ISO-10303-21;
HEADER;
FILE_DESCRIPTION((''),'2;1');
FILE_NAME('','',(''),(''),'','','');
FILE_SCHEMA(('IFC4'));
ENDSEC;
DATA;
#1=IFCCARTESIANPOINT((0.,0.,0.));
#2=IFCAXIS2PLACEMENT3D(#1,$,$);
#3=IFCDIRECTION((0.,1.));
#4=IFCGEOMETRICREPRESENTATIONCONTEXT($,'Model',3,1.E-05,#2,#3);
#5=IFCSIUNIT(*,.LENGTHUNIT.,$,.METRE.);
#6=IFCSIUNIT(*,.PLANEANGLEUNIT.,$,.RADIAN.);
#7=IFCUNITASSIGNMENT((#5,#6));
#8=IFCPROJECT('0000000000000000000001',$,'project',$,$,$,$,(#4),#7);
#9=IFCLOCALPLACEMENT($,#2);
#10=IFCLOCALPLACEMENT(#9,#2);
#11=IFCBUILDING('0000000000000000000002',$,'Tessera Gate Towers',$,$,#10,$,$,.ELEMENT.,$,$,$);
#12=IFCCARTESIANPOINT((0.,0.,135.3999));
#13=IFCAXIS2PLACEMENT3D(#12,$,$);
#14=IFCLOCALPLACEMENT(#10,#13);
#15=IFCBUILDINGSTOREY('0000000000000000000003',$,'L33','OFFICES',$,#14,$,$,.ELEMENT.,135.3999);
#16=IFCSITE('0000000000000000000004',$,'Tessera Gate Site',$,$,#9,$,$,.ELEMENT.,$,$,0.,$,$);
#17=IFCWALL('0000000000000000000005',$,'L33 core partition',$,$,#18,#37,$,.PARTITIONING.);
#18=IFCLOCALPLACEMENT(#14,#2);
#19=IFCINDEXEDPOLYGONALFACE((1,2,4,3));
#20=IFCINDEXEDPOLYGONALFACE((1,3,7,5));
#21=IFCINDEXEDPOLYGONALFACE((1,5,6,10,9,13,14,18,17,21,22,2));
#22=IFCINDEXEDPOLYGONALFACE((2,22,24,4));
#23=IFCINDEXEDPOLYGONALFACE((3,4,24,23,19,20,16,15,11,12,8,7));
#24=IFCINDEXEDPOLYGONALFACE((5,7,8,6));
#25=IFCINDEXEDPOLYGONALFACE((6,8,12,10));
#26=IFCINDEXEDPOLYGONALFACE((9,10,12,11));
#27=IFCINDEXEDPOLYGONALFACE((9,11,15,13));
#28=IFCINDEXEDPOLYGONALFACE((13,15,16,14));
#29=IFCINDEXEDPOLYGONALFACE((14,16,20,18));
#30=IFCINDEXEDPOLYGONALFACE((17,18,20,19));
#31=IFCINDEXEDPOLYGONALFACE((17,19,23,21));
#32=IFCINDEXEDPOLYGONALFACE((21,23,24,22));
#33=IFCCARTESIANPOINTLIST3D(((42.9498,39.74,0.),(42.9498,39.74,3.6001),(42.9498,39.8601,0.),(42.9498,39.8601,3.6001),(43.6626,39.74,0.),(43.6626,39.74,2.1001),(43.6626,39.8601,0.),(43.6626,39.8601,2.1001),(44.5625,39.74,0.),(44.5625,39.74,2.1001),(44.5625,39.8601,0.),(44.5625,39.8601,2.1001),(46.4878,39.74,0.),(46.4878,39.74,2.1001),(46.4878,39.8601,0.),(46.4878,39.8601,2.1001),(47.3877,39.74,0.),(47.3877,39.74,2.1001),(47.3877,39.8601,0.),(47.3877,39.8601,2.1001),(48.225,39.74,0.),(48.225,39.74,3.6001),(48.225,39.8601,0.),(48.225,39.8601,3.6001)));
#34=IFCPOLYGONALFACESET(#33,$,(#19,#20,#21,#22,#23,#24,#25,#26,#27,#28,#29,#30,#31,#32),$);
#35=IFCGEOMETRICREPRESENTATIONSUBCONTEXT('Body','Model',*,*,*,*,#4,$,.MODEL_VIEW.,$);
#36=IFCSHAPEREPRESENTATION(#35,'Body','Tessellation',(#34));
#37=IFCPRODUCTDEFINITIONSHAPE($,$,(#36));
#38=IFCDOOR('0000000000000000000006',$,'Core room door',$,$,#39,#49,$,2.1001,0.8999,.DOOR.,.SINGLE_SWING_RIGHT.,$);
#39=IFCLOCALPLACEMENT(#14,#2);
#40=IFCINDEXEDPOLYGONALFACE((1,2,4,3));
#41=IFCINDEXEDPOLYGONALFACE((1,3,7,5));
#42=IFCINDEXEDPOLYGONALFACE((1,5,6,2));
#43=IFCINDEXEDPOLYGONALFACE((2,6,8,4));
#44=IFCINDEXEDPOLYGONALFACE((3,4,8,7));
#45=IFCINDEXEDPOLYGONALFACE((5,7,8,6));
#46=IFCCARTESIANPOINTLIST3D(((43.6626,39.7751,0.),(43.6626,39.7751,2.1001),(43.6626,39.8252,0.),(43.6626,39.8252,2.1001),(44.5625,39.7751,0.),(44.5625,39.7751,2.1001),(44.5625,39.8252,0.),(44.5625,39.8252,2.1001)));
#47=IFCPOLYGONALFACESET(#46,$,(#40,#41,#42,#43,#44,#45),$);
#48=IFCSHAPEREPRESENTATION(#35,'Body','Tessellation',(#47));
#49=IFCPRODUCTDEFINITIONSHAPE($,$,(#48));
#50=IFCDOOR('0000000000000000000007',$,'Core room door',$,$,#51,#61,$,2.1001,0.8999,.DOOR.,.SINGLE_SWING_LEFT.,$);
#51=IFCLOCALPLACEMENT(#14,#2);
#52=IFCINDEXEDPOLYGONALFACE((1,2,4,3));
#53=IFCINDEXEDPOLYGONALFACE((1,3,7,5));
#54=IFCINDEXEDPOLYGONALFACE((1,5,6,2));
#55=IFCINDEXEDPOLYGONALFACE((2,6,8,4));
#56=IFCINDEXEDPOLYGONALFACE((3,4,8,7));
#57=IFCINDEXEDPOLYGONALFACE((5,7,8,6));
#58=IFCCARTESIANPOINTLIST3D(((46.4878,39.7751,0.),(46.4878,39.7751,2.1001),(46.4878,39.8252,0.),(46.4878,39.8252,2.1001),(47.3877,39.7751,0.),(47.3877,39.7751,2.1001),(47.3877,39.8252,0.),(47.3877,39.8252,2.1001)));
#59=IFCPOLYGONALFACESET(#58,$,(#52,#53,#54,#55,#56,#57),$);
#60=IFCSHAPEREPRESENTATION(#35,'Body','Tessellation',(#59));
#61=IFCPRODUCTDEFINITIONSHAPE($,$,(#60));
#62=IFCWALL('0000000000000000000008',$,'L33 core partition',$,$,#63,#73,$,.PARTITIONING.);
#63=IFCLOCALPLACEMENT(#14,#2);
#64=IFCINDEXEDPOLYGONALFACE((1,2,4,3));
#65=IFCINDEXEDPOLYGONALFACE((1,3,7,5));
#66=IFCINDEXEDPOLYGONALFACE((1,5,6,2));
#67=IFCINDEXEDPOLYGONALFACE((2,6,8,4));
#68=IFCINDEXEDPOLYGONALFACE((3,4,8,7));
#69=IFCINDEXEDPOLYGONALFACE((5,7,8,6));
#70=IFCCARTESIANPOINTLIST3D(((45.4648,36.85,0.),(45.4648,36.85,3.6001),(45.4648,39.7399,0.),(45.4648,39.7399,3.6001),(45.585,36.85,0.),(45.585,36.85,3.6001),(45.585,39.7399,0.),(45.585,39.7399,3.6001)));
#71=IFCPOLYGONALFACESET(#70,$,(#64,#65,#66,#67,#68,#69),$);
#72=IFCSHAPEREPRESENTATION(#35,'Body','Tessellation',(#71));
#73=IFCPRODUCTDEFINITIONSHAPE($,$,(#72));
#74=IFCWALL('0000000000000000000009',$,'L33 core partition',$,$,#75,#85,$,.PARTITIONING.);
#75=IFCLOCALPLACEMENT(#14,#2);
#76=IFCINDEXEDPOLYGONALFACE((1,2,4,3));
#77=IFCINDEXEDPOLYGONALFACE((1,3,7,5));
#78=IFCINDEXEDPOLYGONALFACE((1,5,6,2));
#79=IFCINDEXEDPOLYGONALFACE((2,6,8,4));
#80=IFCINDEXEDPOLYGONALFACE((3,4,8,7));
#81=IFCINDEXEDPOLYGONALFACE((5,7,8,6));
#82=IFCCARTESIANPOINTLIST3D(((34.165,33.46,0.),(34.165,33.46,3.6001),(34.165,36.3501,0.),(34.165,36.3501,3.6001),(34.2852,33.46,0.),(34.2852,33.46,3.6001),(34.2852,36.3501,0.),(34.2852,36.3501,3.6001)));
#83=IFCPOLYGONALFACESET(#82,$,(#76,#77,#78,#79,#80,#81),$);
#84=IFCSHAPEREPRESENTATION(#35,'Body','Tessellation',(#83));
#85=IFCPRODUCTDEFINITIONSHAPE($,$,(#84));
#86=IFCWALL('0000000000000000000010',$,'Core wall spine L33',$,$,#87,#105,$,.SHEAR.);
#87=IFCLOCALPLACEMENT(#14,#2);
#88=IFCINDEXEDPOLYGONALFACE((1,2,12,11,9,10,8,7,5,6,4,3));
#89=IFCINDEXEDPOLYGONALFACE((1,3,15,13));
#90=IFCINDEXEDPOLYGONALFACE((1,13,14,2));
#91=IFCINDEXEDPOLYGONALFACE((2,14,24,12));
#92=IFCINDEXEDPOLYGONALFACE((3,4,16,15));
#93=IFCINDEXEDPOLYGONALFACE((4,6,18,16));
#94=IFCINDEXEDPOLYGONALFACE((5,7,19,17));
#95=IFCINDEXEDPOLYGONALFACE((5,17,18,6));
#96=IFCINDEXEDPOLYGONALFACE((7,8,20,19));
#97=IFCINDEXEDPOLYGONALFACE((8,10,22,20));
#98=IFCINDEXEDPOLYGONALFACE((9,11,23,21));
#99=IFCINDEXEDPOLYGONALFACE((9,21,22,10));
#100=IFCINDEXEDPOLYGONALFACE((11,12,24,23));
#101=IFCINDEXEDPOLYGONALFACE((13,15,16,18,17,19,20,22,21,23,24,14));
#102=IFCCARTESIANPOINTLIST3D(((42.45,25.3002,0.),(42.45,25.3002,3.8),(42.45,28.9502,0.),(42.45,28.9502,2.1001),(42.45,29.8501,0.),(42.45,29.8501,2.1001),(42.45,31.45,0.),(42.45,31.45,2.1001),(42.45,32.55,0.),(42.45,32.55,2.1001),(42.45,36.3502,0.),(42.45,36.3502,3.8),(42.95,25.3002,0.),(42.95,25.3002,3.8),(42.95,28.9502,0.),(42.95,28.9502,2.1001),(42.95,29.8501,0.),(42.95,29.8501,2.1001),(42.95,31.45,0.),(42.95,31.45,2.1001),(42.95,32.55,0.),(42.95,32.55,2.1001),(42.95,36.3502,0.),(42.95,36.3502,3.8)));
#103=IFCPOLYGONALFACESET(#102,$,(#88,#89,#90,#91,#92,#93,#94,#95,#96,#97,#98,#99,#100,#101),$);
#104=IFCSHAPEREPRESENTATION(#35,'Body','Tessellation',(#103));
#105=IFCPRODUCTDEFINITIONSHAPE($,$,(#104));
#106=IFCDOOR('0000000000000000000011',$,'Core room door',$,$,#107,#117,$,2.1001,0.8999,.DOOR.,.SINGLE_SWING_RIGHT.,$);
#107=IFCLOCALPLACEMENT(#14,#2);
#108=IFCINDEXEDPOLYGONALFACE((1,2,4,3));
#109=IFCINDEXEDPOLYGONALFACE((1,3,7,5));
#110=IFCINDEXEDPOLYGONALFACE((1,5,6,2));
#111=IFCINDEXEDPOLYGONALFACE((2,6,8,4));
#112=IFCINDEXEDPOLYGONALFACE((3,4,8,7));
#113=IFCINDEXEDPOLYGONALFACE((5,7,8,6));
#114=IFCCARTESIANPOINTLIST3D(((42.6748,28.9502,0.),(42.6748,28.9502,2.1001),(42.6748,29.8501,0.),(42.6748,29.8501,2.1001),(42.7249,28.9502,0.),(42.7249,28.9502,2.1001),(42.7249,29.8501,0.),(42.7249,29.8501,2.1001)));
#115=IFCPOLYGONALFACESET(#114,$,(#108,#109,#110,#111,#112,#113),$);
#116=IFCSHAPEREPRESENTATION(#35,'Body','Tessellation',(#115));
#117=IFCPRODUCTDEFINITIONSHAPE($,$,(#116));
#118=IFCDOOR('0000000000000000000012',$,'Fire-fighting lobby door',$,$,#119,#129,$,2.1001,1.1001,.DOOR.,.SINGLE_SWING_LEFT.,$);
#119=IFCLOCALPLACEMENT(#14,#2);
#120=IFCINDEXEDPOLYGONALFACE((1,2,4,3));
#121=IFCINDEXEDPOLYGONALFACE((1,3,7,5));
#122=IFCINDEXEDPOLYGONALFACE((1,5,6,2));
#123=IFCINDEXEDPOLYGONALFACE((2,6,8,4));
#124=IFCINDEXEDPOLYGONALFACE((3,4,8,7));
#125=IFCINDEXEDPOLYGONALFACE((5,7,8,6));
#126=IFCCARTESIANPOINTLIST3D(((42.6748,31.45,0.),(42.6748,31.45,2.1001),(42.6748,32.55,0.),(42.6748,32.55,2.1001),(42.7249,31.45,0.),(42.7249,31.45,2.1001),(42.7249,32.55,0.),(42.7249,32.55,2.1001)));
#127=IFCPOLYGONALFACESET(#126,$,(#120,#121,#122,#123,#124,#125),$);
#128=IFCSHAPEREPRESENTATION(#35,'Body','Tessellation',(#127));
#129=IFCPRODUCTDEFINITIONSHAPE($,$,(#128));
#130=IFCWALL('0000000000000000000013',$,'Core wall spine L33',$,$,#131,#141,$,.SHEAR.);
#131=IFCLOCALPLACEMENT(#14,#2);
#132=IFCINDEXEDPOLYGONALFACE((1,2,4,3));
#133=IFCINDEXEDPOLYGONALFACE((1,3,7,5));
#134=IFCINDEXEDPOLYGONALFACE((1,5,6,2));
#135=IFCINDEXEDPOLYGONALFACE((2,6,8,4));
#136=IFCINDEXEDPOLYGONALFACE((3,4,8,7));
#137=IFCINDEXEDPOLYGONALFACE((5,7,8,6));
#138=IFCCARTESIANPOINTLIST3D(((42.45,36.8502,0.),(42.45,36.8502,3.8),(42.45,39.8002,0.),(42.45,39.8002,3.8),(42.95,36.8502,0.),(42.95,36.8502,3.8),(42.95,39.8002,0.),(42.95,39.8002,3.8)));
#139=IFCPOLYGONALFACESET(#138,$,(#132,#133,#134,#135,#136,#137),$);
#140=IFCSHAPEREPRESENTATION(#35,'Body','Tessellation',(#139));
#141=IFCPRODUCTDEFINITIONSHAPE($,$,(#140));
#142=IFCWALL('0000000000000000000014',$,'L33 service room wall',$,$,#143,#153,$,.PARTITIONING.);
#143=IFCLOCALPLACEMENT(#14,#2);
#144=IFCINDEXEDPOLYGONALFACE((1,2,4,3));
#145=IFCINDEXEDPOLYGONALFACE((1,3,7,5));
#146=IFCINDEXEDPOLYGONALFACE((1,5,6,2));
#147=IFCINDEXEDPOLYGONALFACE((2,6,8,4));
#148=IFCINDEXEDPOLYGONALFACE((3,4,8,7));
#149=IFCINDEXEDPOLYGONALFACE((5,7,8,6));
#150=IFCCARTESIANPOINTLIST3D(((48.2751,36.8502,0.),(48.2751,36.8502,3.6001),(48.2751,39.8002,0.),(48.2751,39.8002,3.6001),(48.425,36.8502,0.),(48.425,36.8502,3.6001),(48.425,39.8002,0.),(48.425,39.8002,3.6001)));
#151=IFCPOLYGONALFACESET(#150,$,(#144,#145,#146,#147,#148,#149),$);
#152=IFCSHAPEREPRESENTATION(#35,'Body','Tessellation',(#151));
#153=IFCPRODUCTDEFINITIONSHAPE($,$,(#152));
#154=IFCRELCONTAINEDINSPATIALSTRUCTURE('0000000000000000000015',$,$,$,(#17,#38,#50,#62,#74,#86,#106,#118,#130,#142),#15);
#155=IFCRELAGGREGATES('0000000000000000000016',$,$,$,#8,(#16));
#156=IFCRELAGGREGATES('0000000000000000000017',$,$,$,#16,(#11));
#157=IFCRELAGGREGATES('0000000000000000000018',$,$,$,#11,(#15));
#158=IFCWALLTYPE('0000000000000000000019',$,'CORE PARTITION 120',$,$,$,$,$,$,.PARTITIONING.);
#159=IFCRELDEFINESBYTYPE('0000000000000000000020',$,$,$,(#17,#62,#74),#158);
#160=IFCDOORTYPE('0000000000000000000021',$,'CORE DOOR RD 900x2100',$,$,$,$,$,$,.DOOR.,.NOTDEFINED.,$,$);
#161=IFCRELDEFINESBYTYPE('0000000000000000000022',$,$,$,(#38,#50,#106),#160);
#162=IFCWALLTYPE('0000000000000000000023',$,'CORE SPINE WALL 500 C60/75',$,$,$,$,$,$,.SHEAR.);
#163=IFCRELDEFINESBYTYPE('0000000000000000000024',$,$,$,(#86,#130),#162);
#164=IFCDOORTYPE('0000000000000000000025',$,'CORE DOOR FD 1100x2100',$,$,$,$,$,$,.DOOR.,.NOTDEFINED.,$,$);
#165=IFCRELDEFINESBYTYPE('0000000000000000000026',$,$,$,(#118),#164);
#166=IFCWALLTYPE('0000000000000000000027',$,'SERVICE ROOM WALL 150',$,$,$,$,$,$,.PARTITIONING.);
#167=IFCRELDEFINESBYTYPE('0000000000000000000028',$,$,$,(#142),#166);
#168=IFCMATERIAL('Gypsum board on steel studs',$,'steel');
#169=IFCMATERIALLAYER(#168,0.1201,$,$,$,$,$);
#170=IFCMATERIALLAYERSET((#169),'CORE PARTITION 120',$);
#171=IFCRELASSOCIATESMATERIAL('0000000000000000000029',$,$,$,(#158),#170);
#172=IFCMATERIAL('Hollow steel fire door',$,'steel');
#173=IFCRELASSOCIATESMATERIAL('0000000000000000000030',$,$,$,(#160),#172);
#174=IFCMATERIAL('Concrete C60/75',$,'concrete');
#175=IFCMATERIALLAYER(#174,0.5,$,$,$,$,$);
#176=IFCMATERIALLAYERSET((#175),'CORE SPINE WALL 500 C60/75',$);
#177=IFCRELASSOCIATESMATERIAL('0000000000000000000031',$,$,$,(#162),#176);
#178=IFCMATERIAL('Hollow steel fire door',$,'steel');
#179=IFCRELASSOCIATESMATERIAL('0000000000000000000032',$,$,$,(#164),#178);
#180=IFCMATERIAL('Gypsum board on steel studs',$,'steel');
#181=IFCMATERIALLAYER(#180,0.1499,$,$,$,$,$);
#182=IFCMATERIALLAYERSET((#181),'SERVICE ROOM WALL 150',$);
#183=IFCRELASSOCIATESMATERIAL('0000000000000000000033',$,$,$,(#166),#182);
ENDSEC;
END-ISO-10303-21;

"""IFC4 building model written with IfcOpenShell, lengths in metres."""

from ifc_helpers import new_model, si_unit, direction, frame, frame_2d, origin, place, context, subcontext, project, spatial, rectangle, extrude, source, transform, mapped, material, layer, layer_set, type_object, element, fill, save


model = new_model("IFC4")

# Units and contexts
model_context = context("Model", 3, precision=1e-05, world=origin(), true_north=direction((0.0, 1.0)))
body_context = subcontext(model_context, "Body", "Model", "MODEL_VIEW")
ifc_project = project(units=[si_unit("LENGTHUNIT", "METRE"), si_unit("PLANEANGLEUNIT", "RADIAN")], contexts=[model_context])

# Site, building, storey
site_placement = place(None, origin())
site = spatial("IfcSite", under=ifc_project, at=site_placement, Name="Tessera Gate Site", CompositionType="ELEMENT", RefElevation=0.0)
building_placement = place(site_placement, origin())
building = spatial("IfcBuilding", under=site, at=building_placement, Name="Tessera Gate Towers", CompositionType="ELEMENT")
storey_placement = place(building_placement, frame((0.0, 0.0, 135.3999)))
storey = spatial("IfcBuildingStorey", under=building, at=storey_placement, Name="L33", Description="OFFICES", CompositionType="ELEMENT", Elevation=135.3999)

# Wall, openings, doors
ifc_material_1 = material(Name="Gypsum board on steel studs", Category="steel")
ifc_layer_1 = layer(ifc_material_1, 0.1201)
ifc_layer_set_1 = layer_set([ifc_layer_1], Name="CORE PARTITION 120")
wall_type_1 = type_object("IfcWallType", Name="CORE PARTITION 120", PredefinedType="PARTITIONING", material=ifc_layer_set_1)
wall_1_placement = place(storey_placement, frame((48.2251, 39.8, 0.0), z_axis=(0.0, 0.0, 1.0), x_axis=(-1.0, 0.0, 0.0)))
wall_1 = element("IfcWall", 1, at=wall_1_placement, inside=storey, type_object=wall_type_1, Name="L33 core partition", PredefinedType="PARTITIONING", context=body_context, shape_type="SweptSolid", body=[
    extrude(rectangle(XDim=5.2751, YDim=0.1201, at=frame_2d((2.6377, 0.0))), origin(), (0.0, 0.0, 1.0), 3.6001),
])
shared_shape_1 = source(origin(), body_context, "Body", "SweptSolid", [
    extrude(rectangle(XDim=0.8999, YDim=2.1001, at=frame_2d((0.45, 1.05))), frame((0.0, 0.0701, 0.0), z_axis=(0.0, -1.0, 0.0), x_axis=(1.0, 0.0, 0.0)), (0.0, 0.0, 1.0), 0.1401),
])
opening_1_placement = place(wall_1_placement, frame((3.6626, 0.0, 0.0)))
opening_1 = element("IfcOpeningElement", 2, at=opening_1_placement, cuts=wall_1, PredefinedType="OPENING", context=body_context, shape_type="MappedRepresentation", body=[
    mapped(shared_shape_1, transform((0.0, 0.0, 0.0), scale=1.0)),
])
opening_2_placement = place(wall_1_placement, frame((0.8374, 0.0, 0.0)))
opening_2 = element("IfcOpeningElement", 3, at=opening_2_placement, cuts=wall_1, PredefinedType="OPENING", context=body_context, shape_type="MappedRepresentation", body=[
    mapped(shared_shape_1, transform((0.0, 0.0, 0.0), scale=1.0)),
])
ifc_material_2 = material(Name="Hollow steel fire door", Category="steel")
door_type_1 = type_object("IfcDoorType", Name="CORE DOOR RD 900x2100", OperationType="NOTDEFINED", PredefinedType="DOOR", material=ifc_material_2)
shared_shape_2 = source(origin(), body_context, "Body", "SweptSolid", [
    extrude(rectangle(XDim=0.8999, YDim=2.1001, at=frame_2d((0.45, 1.05))), frame((0.0, 0.0249, 0.0), z_axis=(0.0, -1.0, 0.0), x_axis=(1.0, 0.0, 0.0)), (0.0, 0.0, 1.0), 0.05),
])
door_1_placement = place(opening_1_placement, origin())
door_1 = element("IfcDoor", 4, at=door_1_placement, inside=storey, type_object=door_type_1, Name="Core room door", OperationType="SINGLE_SWING_RIGHT", OverallHeight=2.1001, OverallWidth=0.8999, PredefinedType="DOOR", context=body_context, shape_type="MappedRepresentation", body=[
    mapped(shared_shape_2, transform((0.0, 0.0, 0.0), scale=1.0)),
])
fill(opening_1, door_1)
door_2_placement = place(opening_2_placement, origin())
door_2 = element("IfcDoor", 5, at=door_2_placement, inside=storey, type_object=door_type_1, Name="Core room door", OperationType="SINGLE_SWING_LEFT", OverallHeight=2.1001, OverallWidth=0.8999, PredefinedType="DOOR", context=body_context, shape_type="MappedRepresentation", body=[
    mapped(shared_shape_2, transform((0.0, 0.0, 0.0), scale=1.0)),
])
fill(opening_2, door_2)

# Walls
wall_2_placement = place(storey_placement, frame((45.5249, 36.8501, 0.0), z_axis=(0.0, 0.0, 1.0), x_axis=(0.0, 1.0, 0.0)))
element("IfcWall", 6, at=wall_2_placement, inside=storey, type_object=wall_type_1, Name="L33 core partition", PredefinedType="PARTITIONING", context=body_context, shape_type="SweptSolid", body=[
    extrude(rectangle(XDim=2.8899, YDim=0.1201, at=frame_2d((1.4448, 0.0))), origin(), (0.0, 0.0, 1.0), 3.6001),
])
wall_3_placement = place(storey_placement, frame((34.2251, 33.46, 0.0), z_axis=(0.0, 0.0, 1.0), x_axis=(0.0, 1.0, 0.0)))
element("IfcWall", 7, at=wall_3_placement, inside=storey, type_object=wall_type_1, Name="L33 core partition", PredefinedType="PARTITIONING", context=body_context, shape_type="SweptSolid", body=[
    extrude(rectangle(XDim=2.8901, YDim=0.1201, at=frame_2d((1.4451, 0.0))), origin(), (0.0, 0.0, 1.0), 3.6001),
])

# Wall, openings, doors
ifc_material_3 = material(Name="Concrete C60/75", Category="concrete")
ifc_layer_2 = layer(ifc_material_3, 0.5)
ifc_layer_set_2 = layer_set([ifc_layer_2], Name="CORE SPINE WALL 500 C60/75")
wall_type_2 = type_object("IfcWallType", Name="CORE SPINE WALL 500 C60/75", PredefinedType="SHEAR", material=ifc_layer_set_2)
wall_4_placement = place(storey_placement, frame((42.7, 36.3501, 0.0), z_axis=(0.0, 0.0, 1.0), x_axis=(0.0, -1.0, 0.0)))
wall_4 = element("IfcWall", 8, at=wall_4_placement, inside=storey, type_object=wall_type_2, Name="Core wall spine L33", PredefinedType="SHEAR", context=body_context, shape_type="SweptSolid", body=[
    extrude(rectangle(XDim=11.05, YDim=0.5, at=frame_2d((5.5249, 0.0))), origin(), (0.0, 0.0, 1.0), 3.8),
])
shared_shape_3 = source(origin(), body_context, "Body", "SweptSolid", [
    extrude(rectangle(XDim=0.8999, YDim=2.1001, at=frame_2d((0.45, 1.05))), frame((0.0, 0.26, 0.0), z_axis=(0.0, -1.0, 0.0), x_axis=(1.0, 0.0, 0.0)), (0.0, 0.0, 1.0), 0.52),
])
opening_3_placement = place(wall_4_placement, frame((6.5, 0.0, 0.0)))
opening_3 = element("IfcOpeningElement", 9, at=opening_3_placement, cuts=wall_4, PredefinedType="OPENING", context=body_context, shape_type="MappedRepresentation", body=[
    mapped(shared_shape_3, transform((0.0, 0.0, 0.0), scale=1.0)),
])
shared_shape_4 = source(origin(), body_context, "Body", "SweptSolid", [
    extrude(rectangle(XDim=1.1001, YDim=2.1001, at=frame_2d((0.55, 1.05))), frame((0.0, 0.26, 0.0), z_axis=(0.0, -1.0, 0.0), x_axis=(1.0, 0.0, 0.0)), (0.0, 0.0, 1.0), 0.52),
])
opening_4_placement = place(wall_4_placement, frame((3.8, 0.0, 0.0)))
opening_4 = element("IfcOpeningElement", 10, at=opening_4_placement, cuts=wall_4, PredefinedType="OPENING", context=body_context, shape_type="MappedRepresentation", body=[
    mapped(shared_shape_4, transform((0.0, 0.0, 0.0), scale=1.0)),
])
door_3_placement = place(opening_3_placement, origin())
door_3 = element("IfcDoor", 11, at=door_3_placement, inside=storey, type_object=door_type_1, Name="Core room door", OperationType="SINGLE_SWING_RIGHT", OverallHeight=2.1001, OverallWidth=0.8999, PredefinedType="DOOR", context=body_context, shape_type="MappedRepresentation", body=[
    mapped(shared_shape_2, transform((0.0, 0.0, 0.0), scale=1.0)),
])
fill(opening_3, door_3)
ifc_material_4 = material(Name="Hollow steel fire door", Category="steel")
door_type_2 = type_object("IfcDoorType", Name="CORE DOOR FD 1100x2100", OperationType="NOTDEFINED", PredefinedType="DOOR", material=ifc_material_4)
shared_shape_5 = source(origin(), body_context, "Body", "SweptSolid", [
    extrude(rectangle(XDim=1.1001, YDim=2.1001, at=frame_2d((0.55, 1.05))), frame((0.0, 0.0249, 0.0), z_axis=(0.0, -1.0, 0.0), x_axis=(1.0, 0.0, 0.0)), (0.0, 0.0, 1.0), 0.05),
])
door_4_placement = place(opening_4_placement, origin())
door_4 = element("IfcDoor", 12, at=door_4_placement, inside=storey, type_object=door_type_2, Name="Fire-fighting lobby door", OperationType="SINGLE_SWING_LEFT", OverallHeight=2.1001, OverallWidth=1.1001, PredefinedType="DOOR", context=body_context, shape_type="MappedRepresentation", body=[
    mapped(shared_shape_5, transform((0.0, 0.0, 0.0), scale=1.0)),
])
fill(opening_4, door_4)

# Walls
wall_5_placement = place(storey_placement, frame((42.7, 36.8501, 0.0), z_axis=(0.0, 0.0, 1.0), x_axis=(0.0, 1.0, 0.0)))
element("IfcWall", 13, at=wall_5_placement, inside=storey, type_object=wall_type_2, Name="Core wall spine L33", PredefinedType="SHEAR", context=body_context, shape_type="SweptSolid", body=[
    extrude(rectangle(XDim=2.95, YDim=0.5, at=frame_2d((1.4751, 0.0))), origin(), (0.0, 0.0, 1.0), 3.8),
])
ifc_material_5 = material(Name="Gypsum board on steel studs", Category="steel")
ifc_layer_3 = layer(ifc_material_5, 0.1499)
ifc_layer_set_3 = layer_set([ifc_layer_3], Name="SERVICE ROOM WALL 150")
wall_type_3 = type_object("IfcWallType", Name="SERVICE ROOM WALL 150", PredefinedType="PARTITIONING", material=ifc_layer_set_3)
wall_6_placement = place(storey_placement, frame((48.3501, 36.8501, 0.0), z_axis=(0.0, 0.0, 1.0), x_axis=(0.0, 1.0, 0.0)))
element("IfcWall", 14, at=wall_6_placement, inside=storey, type_object=wall_type_3, Name="L33 service room wall", PredefinedType="PARTITIONING", context=body_context, shape_type="SweptSolid", body=[
    extrude(rectangle(XDim=2.95, YDim=0.1499, at=frame_2d((1.4751, 0.0))), origin(), (0.0, 0.0, 1.0), 3.6001),
])

save(model, "model.ifc")
